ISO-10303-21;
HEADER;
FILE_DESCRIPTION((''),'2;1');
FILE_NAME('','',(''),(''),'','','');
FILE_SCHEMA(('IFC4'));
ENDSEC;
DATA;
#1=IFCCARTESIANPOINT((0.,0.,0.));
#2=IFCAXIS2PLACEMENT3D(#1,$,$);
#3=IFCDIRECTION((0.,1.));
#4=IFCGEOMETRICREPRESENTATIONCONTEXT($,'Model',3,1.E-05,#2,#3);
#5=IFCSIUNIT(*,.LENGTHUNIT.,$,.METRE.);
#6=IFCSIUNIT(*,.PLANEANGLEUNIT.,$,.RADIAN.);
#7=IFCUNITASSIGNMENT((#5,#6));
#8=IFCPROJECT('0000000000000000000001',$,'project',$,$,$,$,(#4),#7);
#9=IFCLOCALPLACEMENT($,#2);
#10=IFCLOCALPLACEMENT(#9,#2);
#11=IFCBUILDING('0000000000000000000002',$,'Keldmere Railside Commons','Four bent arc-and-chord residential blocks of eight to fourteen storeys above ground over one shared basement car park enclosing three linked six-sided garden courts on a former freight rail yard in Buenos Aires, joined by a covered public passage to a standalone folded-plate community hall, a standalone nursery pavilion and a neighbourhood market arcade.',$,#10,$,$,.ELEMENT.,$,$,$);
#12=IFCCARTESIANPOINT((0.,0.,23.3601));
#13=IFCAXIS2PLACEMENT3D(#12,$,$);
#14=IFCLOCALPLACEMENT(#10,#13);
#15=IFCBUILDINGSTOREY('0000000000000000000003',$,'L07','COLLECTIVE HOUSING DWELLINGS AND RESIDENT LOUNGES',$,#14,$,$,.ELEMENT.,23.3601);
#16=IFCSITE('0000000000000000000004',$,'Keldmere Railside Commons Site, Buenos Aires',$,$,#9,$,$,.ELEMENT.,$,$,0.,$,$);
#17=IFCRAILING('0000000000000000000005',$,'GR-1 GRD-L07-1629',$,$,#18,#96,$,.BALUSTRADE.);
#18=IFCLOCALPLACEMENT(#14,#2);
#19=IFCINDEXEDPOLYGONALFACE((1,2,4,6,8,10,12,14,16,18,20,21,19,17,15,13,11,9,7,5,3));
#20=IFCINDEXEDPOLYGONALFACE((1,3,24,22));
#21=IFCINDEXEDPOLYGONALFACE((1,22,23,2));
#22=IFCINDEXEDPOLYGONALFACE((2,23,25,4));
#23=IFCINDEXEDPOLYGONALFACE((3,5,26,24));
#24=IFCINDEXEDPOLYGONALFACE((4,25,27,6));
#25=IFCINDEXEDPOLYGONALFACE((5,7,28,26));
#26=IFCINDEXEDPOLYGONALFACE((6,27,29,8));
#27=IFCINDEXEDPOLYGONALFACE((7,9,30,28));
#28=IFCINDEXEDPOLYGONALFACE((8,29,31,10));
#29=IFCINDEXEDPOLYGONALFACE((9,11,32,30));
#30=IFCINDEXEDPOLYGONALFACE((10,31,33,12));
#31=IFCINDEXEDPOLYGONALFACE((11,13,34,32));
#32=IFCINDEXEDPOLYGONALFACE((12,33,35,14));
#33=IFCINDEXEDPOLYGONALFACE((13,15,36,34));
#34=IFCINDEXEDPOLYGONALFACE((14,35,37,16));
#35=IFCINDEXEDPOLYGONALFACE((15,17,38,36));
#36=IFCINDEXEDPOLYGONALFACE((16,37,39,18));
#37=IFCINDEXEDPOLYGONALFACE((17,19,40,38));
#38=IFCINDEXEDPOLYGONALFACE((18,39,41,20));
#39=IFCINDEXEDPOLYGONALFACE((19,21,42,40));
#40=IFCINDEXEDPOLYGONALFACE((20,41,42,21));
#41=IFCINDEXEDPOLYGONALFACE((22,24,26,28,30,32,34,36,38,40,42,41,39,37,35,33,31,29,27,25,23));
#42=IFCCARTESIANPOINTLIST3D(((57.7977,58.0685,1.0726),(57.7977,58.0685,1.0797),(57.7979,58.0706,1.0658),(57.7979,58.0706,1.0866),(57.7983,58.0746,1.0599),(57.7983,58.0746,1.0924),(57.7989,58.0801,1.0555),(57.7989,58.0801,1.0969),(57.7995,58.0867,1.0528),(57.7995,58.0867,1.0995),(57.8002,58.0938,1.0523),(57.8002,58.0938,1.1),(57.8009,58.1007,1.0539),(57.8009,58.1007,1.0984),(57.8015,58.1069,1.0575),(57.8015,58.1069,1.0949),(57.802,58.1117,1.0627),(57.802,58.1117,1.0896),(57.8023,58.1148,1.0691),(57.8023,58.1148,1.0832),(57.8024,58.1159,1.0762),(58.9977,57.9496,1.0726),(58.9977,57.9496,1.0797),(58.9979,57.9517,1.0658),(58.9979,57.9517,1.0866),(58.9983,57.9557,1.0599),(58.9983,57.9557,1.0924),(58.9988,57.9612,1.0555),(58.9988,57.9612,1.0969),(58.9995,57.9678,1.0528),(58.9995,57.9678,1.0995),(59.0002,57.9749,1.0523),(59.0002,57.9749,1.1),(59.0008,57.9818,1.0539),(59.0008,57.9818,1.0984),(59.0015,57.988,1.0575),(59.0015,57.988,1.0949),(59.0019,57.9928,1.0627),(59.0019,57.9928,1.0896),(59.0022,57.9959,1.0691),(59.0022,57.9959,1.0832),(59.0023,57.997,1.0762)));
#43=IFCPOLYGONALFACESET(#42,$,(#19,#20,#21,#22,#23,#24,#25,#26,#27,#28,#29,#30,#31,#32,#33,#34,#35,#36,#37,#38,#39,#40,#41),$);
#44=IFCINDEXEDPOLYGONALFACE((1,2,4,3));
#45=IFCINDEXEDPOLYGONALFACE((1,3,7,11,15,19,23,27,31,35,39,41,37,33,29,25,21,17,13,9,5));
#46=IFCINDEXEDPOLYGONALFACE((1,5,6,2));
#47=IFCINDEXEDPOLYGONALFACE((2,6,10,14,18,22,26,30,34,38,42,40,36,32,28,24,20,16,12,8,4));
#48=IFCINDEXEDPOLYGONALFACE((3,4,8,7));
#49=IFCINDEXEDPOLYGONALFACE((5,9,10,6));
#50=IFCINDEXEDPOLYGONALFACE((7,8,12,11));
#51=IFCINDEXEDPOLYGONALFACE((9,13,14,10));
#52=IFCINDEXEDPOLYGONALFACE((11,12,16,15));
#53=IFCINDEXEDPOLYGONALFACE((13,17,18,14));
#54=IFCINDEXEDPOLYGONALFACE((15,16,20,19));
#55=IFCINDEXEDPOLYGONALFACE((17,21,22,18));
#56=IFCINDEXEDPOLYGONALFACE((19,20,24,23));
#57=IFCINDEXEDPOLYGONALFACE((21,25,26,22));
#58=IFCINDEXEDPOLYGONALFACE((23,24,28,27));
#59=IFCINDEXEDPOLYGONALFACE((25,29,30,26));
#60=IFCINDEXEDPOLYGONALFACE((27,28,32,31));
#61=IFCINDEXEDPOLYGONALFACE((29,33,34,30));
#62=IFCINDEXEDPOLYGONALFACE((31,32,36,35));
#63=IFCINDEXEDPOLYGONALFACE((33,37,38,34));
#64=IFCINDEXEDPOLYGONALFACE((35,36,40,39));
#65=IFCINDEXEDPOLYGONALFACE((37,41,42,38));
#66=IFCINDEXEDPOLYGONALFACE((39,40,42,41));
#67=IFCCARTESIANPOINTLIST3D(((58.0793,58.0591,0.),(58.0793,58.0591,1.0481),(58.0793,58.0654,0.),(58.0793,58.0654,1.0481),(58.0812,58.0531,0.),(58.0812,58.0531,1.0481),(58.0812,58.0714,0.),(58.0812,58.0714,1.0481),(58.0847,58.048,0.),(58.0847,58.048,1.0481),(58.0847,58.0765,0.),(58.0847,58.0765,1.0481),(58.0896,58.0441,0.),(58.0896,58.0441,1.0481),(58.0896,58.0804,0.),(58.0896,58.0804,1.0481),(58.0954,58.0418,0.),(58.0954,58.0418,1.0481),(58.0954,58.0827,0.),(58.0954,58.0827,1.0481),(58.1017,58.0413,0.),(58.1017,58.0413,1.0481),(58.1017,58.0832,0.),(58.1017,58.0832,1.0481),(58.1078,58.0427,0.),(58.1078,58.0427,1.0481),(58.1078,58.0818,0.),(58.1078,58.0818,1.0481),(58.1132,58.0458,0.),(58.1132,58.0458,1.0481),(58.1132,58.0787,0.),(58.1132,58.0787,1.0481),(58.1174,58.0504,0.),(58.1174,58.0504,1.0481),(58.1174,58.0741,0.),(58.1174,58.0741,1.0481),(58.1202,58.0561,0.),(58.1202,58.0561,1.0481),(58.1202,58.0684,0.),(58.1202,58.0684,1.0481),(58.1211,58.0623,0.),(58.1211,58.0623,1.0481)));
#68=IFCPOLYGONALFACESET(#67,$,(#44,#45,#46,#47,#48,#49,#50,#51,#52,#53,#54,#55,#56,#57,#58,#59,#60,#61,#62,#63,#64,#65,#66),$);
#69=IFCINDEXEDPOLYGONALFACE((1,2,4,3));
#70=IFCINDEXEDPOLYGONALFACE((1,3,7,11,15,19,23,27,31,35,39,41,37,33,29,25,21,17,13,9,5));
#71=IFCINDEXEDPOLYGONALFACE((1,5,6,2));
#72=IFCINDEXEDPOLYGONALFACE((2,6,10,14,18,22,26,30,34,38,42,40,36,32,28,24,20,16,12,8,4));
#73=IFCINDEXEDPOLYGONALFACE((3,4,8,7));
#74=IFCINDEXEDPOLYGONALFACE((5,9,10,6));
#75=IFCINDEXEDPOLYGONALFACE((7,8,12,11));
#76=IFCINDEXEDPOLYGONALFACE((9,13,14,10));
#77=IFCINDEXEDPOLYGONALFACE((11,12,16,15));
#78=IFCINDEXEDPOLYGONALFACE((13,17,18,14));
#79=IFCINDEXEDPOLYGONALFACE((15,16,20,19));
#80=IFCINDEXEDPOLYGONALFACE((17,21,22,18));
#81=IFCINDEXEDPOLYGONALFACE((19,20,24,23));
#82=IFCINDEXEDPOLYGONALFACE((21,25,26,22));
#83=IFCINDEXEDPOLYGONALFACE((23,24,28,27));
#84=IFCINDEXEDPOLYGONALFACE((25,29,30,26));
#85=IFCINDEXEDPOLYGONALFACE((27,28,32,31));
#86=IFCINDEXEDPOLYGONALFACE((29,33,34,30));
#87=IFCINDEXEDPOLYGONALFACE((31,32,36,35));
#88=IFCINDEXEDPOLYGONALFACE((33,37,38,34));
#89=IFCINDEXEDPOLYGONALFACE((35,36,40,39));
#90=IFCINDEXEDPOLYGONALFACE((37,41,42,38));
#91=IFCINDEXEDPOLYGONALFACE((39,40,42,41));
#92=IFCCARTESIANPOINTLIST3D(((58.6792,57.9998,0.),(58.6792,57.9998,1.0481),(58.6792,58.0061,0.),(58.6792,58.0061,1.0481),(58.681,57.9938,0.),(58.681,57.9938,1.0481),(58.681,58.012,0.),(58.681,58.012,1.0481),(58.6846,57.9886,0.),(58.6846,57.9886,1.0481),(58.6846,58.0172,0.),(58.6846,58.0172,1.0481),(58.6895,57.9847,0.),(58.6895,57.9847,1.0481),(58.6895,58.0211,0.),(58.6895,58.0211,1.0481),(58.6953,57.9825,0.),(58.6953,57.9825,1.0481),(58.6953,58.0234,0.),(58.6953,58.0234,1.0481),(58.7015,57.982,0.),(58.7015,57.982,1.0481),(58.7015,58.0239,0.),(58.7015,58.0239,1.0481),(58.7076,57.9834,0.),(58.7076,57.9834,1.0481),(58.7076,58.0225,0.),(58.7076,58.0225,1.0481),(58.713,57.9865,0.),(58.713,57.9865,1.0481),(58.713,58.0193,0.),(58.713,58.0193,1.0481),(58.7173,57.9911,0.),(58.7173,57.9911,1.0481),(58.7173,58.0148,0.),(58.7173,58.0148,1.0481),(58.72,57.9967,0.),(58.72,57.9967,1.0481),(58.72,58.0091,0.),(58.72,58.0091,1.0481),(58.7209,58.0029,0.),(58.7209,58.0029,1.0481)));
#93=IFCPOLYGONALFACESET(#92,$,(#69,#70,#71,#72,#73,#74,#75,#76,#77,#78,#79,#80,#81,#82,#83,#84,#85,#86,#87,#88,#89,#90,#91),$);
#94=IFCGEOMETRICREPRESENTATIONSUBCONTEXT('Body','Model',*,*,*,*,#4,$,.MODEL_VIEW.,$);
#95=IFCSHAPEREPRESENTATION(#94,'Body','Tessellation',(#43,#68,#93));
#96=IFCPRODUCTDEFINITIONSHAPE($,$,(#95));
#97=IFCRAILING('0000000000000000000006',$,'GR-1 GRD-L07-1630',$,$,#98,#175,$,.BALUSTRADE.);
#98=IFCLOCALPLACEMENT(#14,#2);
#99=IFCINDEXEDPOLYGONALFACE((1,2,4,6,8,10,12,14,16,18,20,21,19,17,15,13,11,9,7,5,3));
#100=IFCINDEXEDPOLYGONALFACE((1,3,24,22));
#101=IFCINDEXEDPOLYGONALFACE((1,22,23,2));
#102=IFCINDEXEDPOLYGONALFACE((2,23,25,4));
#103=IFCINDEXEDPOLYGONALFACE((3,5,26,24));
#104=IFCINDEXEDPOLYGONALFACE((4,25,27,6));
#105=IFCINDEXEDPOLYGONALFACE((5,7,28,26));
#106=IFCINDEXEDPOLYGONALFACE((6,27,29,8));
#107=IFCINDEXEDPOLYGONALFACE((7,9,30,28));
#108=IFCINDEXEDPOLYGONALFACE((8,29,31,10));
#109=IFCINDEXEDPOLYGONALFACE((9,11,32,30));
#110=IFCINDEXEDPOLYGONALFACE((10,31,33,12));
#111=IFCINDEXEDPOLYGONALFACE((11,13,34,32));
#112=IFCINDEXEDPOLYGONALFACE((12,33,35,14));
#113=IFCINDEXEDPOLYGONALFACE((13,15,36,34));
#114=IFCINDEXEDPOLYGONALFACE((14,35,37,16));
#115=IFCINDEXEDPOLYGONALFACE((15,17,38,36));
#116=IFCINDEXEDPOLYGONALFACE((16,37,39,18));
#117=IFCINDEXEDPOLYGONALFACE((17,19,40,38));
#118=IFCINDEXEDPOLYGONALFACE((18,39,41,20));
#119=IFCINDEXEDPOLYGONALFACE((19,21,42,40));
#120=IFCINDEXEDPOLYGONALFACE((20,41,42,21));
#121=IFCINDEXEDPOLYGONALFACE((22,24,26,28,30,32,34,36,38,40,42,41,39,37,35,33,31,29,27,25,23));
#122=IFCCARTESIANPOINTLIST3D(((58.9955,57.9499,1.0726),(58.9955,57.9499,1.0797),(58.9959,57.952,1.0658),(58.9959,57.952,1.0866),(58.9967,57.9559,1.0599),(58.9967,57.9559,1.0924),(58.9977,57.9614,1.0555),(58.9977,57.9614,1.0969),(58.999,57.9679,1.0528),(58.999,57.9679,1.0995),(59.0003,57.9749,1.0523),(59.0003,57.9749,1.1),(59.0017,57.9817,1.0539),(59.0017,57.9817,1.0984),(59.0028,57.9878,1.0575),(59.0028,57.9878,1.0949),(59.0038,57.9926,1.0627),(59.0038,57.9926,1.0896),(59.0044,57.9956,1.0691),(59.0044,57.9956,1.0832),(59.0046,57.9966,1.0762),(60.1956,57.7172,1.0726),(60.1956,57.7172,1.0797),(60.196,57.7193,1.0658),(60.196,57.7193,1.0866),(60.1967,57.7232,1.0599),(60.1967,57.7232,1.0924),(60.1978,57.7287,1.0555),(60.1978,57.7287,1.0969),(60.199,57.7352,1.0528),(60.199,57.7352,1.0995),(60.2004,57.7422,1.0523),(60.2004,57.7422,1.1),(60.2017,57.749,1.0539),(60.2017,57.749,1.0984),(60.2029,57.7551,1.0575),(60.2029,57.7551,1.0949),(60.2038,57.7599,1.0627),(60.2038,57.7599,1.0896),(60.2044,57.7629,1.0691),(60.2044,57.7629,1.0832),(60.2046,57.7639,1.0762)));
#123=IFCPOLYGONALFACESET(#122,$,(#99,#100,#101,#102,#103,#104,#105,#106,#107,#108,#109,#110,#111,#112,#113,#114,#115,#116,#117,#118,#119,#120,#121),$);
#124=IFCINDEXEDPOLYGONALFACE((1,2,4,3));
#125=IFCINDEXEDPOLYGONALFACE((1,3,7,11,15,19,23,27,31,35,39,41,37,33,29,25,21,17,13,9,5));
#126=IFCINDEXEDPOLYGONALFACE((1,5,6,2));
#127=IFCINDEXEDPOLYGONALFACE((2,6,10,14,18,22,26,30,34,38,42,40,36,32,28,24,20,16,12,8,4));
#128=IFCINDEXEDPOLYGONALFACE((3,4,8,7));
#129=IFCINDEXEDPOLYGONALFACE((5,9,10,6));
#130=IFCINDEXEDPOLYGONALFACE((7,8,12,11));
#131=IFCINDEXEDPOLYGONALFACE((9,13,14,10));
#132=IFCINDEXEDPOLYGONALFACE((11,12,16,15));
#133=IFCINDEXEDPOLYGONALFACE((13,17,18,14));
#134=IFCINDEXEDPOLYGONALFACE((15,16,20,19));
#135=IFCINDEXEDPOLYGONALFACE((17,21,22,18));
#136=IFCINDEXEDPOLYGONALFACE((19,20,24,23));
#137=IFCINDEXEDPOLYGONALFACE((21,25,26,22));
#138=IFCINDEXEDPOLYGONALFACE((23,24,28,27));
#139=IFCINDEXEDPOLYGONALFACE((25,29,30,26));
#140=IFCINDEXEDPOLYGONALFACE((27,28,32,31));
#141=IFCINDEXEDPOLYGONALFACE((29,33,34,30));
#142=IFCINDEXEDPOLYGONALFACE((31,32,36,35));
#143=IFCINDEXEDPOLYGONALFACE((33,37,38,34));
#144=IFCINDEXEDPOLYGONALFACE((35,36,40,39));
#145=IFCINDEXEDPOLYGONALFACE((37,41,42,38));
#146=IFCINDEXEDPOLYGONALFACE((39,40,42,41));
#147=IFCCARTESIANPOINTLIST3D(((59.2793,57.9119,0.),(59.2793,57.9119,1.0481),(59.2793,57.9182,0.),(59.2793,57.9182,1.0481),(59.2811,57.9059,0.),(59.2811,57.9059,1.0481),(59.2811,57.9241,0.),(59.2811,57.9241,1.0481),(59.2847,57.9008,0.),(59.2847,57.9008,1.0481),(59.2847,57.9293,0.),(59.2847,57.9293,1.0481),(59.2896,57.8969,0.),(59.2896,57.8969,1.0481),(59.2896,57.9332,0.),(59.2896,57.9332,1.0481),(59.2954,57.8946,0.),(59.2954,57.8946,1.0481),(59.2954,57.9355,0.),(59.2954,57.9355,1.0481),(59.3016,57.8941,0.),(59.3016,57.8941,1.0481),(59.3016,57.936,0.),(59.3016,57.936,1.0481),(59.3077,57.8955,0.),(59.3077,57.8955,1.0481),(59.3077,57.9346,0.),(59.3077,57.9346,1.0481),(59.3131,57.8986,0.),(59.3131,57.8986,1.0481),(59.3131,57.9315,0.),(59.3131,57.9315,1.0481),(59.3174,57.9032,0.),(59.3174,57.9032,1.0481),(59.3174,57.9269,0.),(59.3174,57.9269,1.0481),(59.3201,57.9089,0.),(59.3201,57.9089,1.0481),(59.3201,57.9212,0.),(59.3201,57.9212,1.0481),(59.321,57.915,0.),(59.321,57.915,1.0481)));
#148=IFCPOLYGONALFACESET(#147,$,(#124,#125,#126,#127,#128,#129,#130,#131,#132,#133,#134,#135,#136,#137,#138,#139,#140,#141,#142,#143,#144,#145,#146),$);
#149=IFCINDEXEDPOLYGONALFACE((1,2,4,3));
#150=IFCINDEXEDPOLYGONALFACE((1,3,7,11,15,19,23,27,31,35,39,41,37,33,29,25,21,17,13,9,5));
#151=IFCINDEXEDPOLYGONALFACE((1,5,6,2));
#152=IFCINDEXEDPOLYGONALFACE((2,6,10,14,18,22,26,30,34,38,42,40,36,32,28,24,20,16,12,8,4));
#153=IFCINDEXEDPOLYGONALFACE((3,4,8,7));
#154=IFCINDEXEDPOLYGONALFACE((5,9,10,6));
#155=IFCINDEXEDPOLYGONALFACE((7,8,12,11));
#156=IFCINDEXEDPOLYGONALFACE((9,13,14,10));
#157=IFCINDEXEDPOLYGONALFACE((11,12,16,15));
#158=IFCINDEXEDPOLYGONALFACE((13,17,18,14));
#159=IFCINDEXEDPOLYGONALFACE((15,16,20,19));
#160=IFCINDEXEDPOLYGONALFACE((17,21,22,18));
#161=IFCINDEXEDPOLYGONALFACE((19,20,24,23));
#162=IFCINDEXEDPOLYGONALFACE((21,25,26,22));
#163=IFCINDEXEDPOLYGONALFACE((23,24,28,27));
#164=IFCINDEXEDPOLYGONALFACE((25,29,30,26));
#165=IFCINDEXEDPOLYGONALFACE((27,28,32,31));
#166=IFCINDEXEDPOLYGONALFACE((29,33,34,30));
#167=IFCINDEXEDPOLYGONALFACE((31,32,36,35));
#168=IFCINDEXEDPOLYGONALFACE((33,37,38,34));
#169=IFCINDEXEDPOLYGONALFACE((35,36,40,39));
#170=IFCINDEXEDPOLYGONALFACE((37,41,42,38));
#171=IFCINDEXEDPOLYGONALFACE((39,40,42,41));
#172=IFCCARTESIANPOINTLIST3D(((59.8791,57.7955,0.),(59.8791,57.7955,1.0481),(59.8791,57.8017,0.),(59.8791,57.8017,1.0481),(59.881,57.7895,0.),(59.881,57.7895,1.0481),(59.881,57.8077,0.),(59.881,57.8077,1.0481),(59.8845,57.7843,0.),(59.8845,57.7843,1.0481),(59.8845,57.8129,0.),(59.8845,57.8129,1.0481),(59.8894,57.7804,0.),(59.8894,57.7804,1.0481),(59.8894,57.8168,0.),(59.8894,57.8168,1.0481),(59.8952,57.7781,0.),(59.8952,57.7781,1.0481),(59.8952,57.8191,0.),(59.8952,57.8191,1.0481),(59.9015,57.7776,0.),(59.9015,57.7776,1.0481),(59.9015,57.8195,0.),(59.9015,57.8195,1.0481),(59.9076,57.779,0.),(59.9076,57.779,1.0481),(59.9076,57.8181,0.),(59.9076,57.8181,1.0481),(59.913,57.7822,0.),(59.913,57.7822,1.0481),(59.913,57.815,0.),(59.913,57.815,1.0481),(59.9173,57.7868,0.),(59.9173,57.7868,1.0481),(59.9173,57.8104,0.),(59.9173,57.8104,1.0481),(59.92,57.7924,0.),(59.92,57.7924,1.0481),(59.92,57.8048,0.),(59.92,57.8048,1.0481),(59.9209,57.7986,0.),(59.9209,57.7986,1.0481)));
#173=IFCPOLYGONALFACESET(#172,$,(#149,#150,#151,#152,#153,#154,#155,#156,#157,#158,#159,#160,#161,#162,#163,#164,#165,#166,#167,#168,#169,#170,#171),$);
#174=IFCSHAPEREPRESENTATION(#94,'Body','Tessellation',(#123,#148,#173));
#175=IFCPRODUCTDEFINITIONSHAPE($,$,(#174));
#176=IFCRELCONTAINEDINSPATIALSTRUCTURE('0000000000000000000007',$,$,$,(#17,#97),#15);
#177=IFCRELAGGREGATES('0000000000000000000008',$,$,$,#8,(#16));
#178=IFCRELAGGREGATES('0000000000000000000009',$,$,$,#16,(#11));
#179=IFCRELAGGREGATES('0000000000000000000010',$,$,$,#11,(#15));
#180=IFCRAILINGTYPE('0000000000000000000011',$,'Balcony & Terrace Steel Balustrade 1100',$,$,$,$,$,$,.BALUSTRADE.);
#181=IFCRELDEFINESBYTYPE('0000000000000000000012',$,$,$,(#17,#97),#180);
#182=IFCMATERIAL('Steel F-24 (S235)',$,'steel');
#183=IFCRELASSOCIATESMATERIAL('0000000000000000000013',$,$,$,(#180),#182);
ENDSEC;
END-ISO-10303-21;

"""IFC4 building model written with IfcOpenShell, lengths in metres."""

from ifc_helpers import new_model, si_unit, direction, frame, origin, origin_2d, place, context, subcontext, project, spatial, circle, extrude, material, type_object, element, save


model = new_model("IFC4")

# Units and contexts
model_context = context("Model", 3, precision=1e-05, world=origin(), true_north=direction((0.0, 1.0)))
body_context = subcontext(model_context, "Body", "Model", "MODEL_VIEW")
ifc_project = project(units=[si_unit("LENGTHUNIT", "METRE"), si_unit("PLANEANGLEUNIT", "RADIAN")], contexts=[model_context])

# Site, building, storey
site_placement = place(None, origin())
site = spatial("IfcSite", under=ifc_project, at=site_placement, Name="Keldmere Railside Commons Site, Buenos Aires", CompositionType="ELEMENT", RefElevation=0.0)
building_placement = place(site_placement, origin())
building = spatial("IfcBuilding", under=site, at=building_placement, Name="Keldmere Railside Commons", Description="Four bent arc-and-chord residential blocks of eight to fourteen storeys above ground over one shared basement car park enclosing three linked six-sided garden courts on a former freight rail yard in Buenos Aires, joined by a covered public passage to a standalone folded-plate community hall, a standalone nursery pavilion and a neighbourhood market arcade.", CompositionType="ELEMENT")
storey_placement = place(building_placement, frame((0.0, 0.0, 23.3601)))
storey = spatial("IfcBuildingStorey", under=building, at=storey_placement, Name="L07", Description="COLLECTIVE HOUSING DWELLINGS AND RESIDENT LOUNGES", CompositionType="ELEMENT", Elevation=23.3601)

# Shared definitions
ifc_material_1 = material(Name="Steel F-24 (S235)", Category="steel")

# Railings
railing_type = type_object("IfcRailingType", Name="Balcony & Terrace Steel Balustrade 1100", PredefinedType="BALUSTRADE", material=ifc_material_1)
railing_1_placement = place(storey_placement, frame((57.8, 58.092, 0.0)))
element("IfcRailing", 1, at=railing_1_placement, inside=storey, type_object=railing_type, Name="GR-1 GRD-L07-1629", PredefinedType="BALUSTRADE", context=body_context, shape_type="SweptSolid", body=[
    extrude(circle(Radius=0.0239, at=origin_2d()), frame((0.0, 0.0, 1.0762), z_axis=(0.995127, -0.098602, 0.0), x_axis=(0.098602, 0.995127, 0.0)), (0.0, 0.0, 1.0), 1.2058),
    extrude(circle(Radius=0.021, at=origin_2d()), frame((0.3, -0.0298, 0.0)), (0.0, 0.0, 1.0), 1.0481),
    extrude(circle(Radius=0.021, at=origin_2d()), frame((0.8999, -0.0891, 0.0)), (0.0, 0.0, 1.0), 1.0481),
])
railing_2_placement = place(storey_placement, frame((59.0, 57.9731, 0.0)))
element("IfcRailing", 2, at=railing_2_placement, inside=storey, type_object=railing_type, Name="GR-1 GRD-L07-1630", PredefinedType="BALUSTRADE", context=body_context, shape_type="SweptSolid", body=[
    extrude(circle(Radius=0.0239, at=origin_2d()), frame((0.0, 0.0, 1.0762), z_axis=(0.981716, -0.190351, 0.0), x_axis=(0.190351, 0.981716, 0.0)), (0.0, 0.0, 1.0), 1.2224),
    extrude(circle(Radius=0.021, at=origin_2d()), frame((0.3, -0.0581, 0.0)), (0.0, 0.0, 1.0), 1.0481),
    extrude(circle(Radius=0.021, at=origin_2d()), frame((0.8999, -0.1746, 0.0)), (0.0, 0.0, 1.0), 1.0481),
])

save(model, "model.ifc")
